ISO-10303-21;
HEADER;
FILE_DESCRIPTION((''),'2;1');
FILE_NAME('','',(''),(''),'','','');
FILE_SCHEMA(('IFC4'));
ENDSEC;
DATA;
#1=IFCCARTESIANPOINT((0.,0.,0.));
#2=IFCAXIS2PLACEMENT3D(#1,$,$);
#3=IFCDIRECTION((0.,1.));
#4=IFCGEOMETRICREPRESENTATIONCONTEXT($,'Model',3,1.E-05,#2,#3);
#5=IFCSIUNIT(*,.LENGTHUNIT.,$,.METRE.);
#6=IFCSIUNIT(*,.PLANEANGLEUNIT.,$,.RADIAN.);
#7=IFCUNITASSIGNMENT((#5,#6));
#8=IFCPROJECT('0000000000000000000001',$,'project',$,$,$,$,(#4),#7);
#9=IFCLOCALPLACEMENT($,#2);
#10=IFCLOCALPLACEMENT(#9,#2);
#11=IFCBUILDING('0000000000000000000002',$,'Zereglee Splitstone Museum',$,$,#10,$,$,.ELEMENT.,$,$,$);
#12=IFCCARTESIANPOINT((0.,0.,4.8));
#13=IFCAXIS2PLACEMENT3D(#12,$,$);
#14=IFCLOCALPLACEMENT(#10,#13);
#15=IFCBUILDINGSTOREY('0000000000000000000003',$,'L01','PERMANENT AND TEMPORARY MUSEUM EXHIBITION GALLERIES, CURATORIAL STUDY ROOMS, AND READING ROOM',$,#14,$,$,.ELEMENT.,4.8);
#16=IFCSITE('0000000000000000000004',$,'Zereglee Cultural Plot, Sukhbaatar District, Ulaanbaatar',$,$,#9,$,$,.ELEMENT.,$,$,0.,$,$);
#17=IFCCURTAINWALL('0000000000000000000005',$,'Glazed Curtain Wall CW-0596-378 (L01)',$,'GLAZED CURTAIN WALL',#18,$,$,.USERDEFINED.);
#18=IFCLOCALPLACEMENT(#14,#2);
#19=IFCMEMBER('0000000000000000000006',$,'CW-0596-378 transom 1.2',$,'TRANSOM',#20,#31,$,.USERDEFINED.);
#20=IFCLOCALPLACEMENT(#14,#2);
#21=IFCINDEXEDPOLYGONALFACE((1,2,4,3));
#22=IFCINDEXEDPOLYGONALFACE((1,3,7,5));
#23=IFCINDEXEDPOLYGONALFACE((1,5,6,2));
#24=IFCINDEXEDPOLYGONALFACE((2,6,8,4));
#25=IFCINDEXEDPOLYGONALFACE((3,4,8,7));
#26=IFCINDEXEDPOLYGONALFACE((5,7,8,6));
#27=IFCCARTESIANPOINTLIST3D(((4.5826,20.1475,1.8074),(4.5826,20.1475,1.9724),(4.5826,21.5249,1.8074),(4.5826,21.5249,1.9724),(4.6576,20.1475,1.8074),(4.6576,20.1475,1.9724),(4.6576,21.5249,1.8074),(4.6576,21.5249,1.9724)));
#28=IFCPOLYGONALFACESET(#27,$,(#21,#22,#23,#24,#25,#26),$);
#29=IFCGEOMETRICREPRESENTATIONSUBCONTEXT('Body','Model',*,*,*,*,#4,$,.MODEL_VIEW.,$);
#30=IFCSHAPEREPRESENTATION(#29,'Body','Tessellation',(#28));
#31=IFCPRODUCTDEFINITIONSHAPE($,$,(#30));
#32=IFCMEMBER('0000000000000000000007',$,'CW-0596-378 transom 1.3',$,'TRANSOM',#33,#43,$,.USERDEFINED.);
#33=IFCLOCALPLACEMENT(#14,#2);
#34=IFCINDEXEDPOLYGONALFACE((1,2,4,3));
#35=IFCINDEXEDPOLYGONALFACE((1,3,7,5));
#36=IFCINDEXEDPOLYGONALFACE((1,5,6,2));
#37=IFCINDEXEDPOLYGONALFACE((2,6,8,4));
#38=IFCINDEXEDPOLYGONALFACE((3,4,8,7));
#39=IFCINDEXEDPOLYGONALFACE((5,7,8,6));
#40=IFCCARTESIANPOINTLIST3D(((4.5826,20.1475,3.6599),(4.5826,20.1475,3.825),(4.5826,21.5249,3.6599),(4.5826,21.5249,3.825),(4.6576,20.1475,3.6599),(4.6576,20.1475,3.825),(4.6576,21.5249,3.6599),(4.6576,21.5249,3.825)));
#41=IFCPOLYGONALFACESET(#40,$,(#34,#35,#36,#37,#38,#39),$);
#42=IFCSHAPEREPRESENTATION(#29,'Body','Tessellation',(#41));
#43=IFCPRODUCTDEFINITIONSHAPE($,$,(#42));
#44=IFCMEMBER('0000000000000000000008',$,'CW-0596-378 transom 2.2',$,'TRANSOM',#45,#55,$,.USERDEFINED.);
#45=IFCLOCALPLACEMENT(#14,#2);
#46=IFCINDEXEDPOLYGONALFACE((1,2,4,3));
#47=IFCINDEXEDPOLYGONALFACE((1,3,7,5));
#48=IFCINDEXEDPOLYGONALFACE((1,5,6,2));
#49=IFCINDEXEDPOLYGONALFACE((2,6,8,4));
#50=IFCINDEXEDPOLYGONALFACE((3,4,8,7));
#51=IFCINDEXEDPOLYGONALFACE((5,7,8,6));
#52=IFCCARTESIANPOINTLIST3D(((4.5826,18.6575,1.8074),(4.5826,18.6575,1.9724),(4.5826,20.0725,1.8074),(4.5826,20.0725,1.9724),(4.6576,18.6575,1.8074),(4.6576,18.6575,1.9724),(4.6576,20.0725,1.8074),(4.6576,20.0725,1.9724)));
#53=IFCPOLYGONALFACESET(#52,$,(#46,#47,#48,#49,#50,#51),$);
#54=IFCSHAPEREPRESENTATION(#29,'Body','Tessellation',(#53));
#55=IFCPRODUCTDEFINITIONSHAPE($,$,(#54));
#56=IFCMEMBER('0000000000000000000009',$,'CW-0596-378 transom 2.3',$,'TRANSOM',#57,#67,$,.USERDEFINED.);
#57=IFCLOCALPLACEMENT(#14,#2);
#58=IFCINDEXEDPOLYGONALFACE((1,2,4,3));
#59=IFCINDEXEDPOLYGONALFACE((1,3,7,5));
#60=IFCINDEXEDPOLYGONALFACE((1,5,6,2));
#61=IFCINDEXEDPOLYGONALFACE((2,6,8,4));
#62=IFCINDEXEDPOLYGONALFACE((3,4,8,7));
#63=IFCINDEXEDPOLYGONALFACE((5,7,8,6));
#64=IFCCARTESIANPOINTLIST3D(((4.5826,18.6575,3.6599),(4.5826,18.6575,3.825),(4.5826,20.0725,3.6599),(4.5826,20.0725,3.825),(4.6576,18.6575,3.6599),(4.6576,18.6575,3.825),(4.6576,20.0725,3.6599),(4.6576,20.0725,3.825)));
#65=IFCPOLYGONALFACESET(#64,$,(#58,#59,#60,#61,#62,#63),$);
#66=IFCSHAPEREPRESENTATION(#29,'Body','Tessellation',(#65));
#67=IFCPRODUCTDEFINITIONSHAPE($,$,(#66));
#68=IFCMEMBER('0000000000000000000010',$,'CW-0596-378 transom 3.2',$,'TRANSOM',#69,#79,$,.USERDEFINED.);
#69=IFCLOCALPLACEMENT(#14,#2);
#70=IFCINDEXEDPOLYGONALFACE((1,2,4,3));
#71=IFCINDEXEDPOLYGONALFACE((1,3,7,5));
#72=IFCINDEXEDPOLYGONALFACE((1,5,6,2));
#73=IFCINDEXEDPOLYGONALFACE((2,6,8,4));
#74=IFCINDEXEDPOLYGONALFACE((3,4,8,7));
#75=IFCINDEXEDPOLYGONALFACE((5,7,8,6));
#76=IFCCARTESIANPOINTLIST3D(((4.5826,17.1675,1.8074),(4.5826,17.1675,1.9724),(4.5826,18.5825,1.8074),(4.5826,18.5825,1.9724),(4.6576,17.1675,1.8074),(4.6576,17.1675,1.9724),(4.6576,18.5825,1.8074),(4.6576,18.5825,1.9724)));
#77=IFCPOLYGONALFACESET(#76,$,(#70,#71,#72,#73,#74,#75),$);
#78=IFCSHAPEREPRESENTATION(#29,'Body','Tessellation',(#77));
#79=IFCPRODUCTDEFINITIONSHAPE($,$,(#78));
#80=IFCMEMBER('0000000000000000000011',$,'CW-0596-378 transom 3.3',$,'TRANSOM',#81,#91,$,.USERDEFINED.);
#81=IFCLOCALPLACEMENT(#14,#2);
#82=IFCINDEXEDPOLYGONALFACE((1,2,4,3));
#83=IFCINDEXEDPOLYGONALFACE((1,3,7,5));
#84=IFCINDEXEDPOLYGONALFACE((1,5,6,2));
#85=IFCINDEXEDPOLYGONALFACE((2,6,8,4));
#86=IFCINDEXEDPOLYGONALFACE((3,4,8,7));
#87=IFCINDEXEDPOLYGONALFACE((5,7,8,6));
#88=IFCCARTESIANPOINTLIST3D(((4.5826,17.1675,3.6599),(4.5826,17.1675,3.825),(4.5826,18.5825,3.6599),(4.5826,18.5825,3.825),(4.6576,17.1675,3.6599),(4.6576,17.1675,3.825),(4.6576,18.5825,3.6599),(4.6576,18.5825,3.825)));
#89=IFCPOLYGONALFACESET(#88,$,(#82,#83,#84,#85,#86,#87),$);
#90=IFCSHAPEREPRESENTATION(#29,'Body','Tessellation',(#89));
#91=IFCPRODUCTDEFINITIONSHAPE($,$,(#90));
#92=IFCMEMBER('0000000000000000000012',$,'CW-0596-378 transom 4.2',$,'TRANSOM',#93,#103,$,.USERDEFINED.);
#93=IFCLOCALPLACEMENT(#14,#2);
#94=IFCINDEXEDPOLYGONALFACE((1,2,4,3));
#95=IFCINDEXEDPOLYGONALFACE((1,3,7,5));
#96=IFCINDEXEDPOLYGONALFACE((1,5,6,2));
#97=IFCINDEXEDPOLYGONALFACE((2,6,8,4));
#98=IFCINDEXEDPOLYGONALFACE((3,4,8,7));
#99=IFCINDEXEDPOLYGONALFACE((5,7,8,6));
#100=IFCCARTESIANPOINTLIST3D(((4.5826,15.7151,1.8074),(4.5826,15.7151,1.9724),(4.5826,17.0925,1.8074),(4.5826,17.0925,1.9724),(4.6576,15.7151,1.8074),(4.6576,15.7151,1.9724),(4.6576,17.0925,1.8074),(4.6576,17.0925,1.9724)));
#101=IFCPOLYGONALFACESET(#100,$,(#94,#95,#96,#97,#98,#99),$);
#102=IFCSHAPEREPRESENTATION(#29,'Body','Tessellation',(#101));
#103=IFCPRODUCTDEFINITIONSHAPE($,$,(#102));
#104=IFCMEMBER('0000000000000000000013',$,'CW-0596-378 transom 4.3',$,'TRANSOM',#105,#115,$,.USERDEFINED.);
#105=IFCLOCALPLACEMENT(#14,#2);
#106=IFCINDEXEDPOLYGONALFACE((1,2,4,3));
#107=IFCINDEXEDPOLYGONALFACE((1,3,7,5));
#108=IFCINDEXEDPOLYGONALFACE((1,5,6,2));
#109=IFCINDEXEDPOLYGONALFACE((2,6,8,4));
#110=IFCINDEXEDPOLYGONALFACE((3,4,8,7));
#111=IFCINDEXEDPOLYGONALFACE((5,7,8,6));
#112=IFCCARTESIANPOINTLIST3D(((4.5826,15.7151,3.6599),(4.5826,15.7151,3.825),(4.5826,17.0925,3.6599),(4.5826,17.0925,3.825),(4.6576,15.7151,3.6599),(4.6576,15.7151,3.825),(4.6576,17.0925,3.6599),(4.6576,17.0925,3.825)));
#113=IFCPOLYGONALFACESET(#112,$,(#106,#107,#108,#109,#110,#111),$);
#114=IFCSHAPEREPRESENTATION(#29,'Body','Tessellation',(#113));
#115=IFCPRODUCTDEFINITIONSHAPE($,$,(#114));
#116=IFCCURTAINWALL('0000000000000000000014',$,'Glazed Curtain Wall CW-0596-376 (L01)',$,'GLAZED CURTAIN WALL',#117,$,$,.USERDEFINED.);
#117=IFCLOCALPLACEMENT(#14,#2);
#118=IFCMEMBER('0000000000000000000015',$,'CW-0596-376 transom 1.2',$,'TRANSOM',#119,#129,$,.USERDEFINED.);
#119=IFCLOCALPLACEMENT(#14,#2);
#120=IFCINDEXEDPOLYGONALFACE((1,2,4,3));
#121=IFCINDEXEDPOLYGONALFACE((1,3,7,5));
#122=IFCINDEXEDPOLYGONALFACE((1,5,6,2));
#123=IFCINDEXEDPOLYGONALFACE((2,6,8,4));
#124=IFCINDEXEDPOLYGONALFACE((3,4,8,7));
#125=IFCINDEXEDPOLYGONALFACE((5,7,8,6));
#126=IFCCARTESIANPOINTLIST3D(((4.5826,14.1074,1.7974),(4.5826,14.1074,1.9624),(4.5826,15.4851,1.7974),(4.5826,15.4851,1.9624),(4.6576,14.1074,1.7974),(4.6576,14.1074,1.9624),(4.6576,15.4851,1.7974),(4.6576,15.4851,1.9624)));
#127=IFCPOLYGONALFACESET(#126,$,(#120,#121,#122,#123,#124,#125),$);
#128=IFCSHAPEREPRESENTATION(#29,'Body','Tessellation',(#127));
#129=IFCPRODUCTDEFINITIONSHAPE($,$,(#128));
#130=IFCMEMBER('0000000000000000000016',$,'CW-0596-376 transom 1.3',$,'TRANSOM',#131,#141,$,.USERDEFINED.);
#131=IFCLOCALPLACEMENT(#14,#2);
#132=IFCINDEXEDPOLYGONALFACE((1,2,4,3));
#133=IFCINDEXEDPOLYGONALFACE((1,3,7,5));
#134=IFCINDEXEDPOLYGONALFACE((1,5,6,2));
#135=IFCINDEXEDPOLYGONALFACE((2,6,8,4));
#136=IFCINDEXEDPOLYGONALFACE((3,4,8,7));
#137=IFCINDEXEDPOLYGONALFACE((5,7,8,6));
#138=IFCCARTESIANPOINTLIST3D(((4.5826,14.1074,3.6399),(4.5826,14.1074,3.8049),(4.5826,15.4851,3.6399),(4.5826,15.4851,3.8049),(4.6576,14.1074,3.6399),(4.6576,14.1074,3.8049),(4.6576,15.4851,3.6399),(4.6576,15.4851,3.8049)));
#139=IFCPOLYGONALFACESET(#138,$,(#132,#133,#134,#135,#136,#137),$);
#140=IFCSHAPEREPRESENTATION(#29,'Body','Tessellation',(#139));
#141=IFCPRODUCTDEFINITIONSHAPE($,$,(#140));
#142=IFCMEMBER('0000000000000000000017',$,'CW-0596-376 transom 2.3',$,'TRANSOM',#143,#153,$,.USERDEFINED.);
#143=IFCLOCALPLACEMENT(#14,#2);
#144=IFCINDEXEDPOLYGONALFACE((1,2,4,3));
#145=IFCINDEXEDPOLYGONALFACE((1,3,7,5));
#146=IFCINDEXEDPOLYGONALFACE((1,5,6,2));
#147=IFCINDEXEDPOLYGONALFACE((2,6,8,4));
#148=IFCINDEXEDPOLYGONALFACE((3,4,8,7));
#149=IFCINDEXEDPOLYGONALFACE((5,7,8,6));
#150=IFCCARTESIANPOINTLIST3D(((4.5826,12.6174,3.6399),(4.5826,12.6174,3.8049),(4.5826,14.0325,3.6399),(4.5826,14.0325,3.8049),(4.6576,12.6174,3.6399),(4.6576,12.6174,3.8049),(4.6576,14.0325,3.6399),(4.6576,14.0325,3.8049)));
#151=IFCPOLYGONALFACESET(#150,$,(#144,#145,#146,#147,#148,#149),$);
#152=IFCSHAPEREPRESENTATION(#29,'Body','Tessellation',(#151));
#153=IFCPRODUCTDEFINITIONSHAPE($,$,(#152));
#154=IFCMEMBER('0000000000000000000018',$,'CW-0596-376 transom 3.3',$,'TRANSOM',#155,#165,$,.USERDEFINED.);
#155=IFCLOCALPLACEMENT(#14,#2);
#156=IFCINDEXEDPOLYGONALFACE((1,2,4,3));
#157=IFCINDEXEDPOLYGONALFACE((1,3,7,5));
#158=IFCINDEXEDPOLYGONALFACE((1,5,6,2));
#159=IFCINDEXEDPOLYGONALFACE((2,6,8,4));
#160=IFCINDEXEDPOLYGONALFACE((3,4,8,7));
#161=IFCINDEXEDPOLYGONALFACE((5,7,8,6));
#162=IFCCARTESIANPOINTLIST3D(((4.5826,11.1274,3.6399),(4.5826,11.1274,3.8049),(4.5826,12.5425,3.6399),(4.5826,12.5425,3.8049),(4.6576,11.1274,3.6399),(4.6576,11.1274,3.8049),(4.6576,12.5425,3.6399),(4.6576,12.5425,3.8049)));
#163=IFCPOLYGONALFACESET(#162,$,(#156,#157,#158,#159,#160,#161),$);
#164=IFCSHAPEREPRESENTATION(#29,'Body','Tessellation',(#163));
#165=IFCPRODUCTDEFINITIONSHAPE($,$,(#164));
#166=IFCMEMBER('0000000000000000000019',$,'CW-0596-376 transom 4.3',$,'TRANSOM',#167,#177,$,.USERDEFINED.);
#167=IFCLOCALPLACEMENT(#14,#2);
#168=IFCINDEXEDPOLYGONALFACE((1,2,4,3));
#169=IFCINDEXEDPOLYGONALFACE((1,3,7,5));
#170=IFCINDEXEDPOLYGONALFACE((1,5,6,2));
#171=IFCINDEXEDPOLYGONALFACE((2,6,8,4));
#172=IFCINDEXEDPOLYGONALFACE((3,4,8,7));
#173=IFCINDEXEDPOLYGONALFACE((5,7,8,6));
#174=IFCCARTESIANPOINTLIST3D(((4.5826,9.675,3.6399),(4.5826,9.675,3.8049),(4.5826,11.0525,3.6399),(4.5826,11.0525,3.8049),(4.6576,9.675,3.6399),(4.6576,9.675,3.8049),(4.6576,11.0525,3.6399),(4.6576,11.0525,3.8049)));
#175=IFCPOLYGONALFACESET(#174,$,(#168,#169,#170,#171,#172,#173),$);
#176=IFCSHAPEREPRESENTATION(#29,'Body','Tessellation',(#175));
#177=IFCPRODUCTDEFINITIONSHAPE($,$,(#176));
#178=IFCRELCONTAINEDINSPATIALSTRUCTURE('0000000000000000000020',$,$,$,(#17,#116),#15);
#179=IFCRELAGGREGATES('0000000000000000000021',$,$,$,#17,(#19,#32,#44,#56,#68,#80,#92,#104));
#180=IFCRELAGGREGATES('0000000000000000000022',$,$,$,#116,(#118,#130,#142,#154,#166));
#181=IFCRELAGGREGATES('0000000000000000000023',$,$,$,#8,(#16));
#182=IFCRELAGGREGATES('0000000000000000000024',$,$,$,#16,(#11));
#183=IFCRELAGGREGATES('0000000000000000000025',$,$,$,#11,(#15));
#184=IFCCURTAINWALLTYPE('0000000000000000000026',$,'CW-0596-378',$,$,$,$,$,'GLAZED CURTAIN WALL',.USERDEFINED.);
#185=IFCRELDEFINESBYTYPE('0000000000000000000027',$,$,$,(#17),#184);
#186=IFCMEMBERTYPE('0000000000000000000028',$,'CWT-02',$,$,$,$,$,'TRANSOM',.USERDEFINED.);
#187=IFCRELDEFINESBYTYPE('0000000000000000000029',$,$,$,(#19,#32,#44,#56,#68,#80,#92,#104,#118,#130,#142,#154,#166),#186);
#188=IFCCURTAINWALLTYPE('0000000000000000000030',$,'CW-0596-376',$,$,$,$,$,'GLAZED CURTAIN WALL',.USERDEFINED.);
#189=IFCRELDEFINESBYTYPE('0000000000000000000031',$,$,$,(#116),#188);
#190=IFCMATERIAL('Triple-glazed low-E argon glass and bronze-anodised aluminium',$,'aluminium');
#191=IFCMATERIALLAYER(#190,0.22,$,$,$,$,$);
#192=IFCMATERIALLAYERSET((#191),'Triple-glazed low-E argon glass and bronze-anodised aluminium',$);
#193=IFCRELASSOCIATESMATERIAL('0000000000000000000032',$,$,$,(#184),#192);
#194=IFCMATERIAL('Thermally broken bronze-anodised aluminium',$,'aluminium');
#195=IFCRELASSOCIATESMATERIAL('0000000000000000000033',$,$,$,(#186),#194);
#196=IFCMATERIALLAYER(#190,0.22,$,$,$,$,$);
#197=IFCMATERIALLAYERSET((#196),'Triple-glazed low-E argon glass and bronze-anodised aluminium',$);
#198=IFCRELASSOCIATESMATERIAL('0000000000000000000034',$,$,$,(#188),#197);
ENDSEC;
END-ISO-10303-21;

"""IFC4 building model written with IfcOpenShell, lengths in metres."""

from ifc_helpers import new_model, si_unit, direction, frame, origin, origin_2d, place, context, subcontext, project, spatial, rectangle, extrude, material, layer, layer_set, material_profile, profile_set, type_object, element, aggregate, save


model = new_model("IFC4")

# Units and contexts
model_context = context("Model", 3, precision=1e-05, world=origin(), true_north=direction((0.0, 1.0)))
body_context = subcontext(model_context, "Body", "Model", "MODEL_VIEW")
ifc_project = project(units=[si_unit("LENGTHUNIT", "METRE"), si_unit("PLANEANGLEUNIT", "RADIAN")], contexts=[model_context])

# Site, building, storey
site_placement = place(None, origin())
site = spatial("IfcSite", under=ifc_project, at=site_placement, Name="Zereglee Cultural Plot, Sukhbaatar District, Ulaanbaatar", CompositionType="ELEMENT", RefElevation=0.0)
building_placement = place(site_placement, origin())
building = spatial("IfcBuilding", under=site, at=building_placement, Name="Zereglee Splitstone Museum", CompositionType="ELEMENT")
storey_placement = place(building_placement, frame((0.0, 0.0, 4.8)))
storey = spatial("IfcBuildingStorey", under=building, at=storey_placement, Name="L01", Description="PERMANENT AND TEMPORARY MUSEUM EXHIBITION GALLERIES, CURATORIAL STUDY ROOMS, AND READING ROOM", CompositionType="ELEMENT", Elevation=4.8)

# Curtain walls, members
ifc_material_1 = material(Name="Triple-glazed low-E argon glass and bronze-anodised aluminium", Category="aluminium")
ifc_layer_1 = layer(ifc_material_1, 0.22)
ifc_layer_set_1 = layer_set([ifc_layer_1], Name="Triple-glazed low-E argon glass and bronze-anodised aluminium")
curtain_wall_type_1 = type_object("IfcCurtainWallType", Name="CW-0596-378", ElementType="GLAZED CURTAIN WALL", PredefinedType="USERDEFINED", material=ifc_layer_set_1)
curtain_wall_1_placement = place(storey_placement, origin())
curtain_wall_1 = element("IfcCurtainWall", 1, at=curtain_wall_1_placement, inside=storey, type_object=curtain_wall_type_1, Name="Glazed Curtain Wall CW-0596-378 (L01)", ObjectType="GLAZED CURTAIN WALL", PredefinedType="USERDEFINED")
ifc_material_2 = material(Name="Thermally broken bronze-anodised aluminium", Category="aluminium")
ifc_material_profile_1 = material_profile(ifc_material_2, rectangle(XDim=0.075, YDim=0.165, at=origin_2d()), Name="CW TRAN 75x165")
ifc_profile_set_1 = profile_set([ifc_material_profile_1], Name="Thermally broken bronze-anodised aluminium")
member_type_1 = type_object("IfcMemberType", Name="CWT-02", ElementType="TRANSOM", PredefinedType="USERDEFINED", material=ifc_profile_set_1)
member_1_placement = place(storey_placement, frame((4.6201, 21.5249, 1.8899), z_axis=(0.0, -1.0, 0.0), x_axis=(1.0, 0.0, 0.0)))
member_1 = element("IfcMember", 2, at=member_1_placement, type_object=member_type_1, Name="CW-0596-378 transom 1.2", ObjectType="TRANSOM", PredefinedType="USERDEFINED", context=body_context, shape_type="SweptSolid", body=[
    extrude(rectangle(XDim=0.075, YDim=0.165, at=origin_2d()), origin(), (0.0, 0.0, 1.0), 1.3774),
])
member_2_placement = place(storey_placement, frame((4.6201, 21.5249, 3.7424), z_axis=(0.0, -1.0, 0.0), x_axis=(1.0, 0.0, 0.0)))
member_2 = element("IfcMember", 3, at=member_2_placement, type_object=member_type_1, Name="CW-0596-378 transom 1.3", ObjectType="TRANSOM", PredefinedType="USERDEFINED", context=body_context, shape_type="SweptSolid", body=[
    extrude(rectangle(XDim=0.075, YDim=0.165, at=origin_2d()), origin(), (0.0, 0.0, 1.0), 1.3774),
])
member_3_placement = place(storey_placement, frame((4.6201, 20.0725, 1.8899), z_axis=(0.0, -1.0, 0.0), x_axis=(1.0, 0.0, 0.0)))
member_3 = element("IfcMember", 4, at=member_3_placement, type_object=member_type_1, Name="CW-0596-378 transom 2.2", ObjectType="TRANSOM", PredefinedType="USERDEFINED", context=body_context, shape_type="SweptSolid", body=[
    extrude(rectangle(XDim=0.075, YDim=0.165, at=origin_2d()), origin(), (0.0, 0.0, 1.0), 1.415),
])
member_4_placement = place(storey_placement, frame((4.6201, 20.0725, 3.7424), z_axis=(0.0, -1.0, 0.0), x_axis=(1.0, 0.0, 0.0)))
member_4 = element("IfcMember", 5, at=member_4_placement, type_object=member_type_1, Name="CW-0596-378 transom 2.3", ObjectType="TRANSOM", PredefinedType="USERDEFINED", context=body_context, shape_type="SweptSolid", body=[
    extrude(rectangle(XDim=0.075, YDim=0.165, at=origin_2d()), origin(), (0.0, 0.0, 1.0), 1.415),
])
member_5_placement = place(storey_placement, frame((4.6201, 18.5825, 1.8899), z_axis=(0.0, -1.0, 0.0), x_axis=(1.0, 0.0, 0.0)))
member_5 = element("IfcMember", 6, at=member_5_placement, type_object=member_type_1, Name="CW-0596-378 transom 3.2", ObjectType="TRANSOM", PredefinedType="USERDEFINED", context=body_context, shape_type="SweptSolid", body=[
    extrude(rectangle(XDim=0.075, YDim=0.165, at=origin_2d()), origin(), (0.0, 0.0, 1.0), 1.415),
])
member_6_placement = place(storey_placement, frame((4.6201, 18.5825, 3.7424), z_axis=(0.0, -1.0, 0.0), x_axis=(1.0, 0.0, 0.0)))
member_6 = element("IfcMember", 7, at=member_6_placement, type_object=member_type_1, Name="CW-0596-378 transom 3.3", ObjectType="TRANSOM", PredefinedType="USERDEFINED", context=body_context, shape_type="SweptSolid", body=[
    extrude(rectangle(XDim=0.075, YDim=0.165, at=origin_2d()), origin(), (0.0, 0.0, 1.0), 1.415),
])
member_7_placement = place(storey_placement, frame((4.6201, 17.0925, 1.8899), z_axis=(0.0, -1.0, 0.0), x_axis=(1.0, 0.0, 0.0)))
member_7 = element("IfcMember", 8, at=member_7_placement, type_object=member_type_1, Name="CW-0596-378 transom 4.2", ObjectType="TRANSOM", PredefinedType="USERDEFINED", context=body_context, shape_type="SweptSolid", body=[
    extrude(rectangle(XDim=0.075, YDim=0.165, at=origin_2d()), origin(), (0.0, 0.0, 1.0), 1.3774),
])
member_8_placement = place(storey_placement, frame((4.6201, 17.0925, 3.7424), z_axis=(0.0, -1.0, 0.0), x_axis=(1.0, 0.0, 0.0)))
member_8 = element("IfcMember", 9, at=member_8_placement, type_object=member_type_1, Name="CW-0596-378 transom 4.3", ObjectType="TRANSOM", PredefinedType="USERDEFINED", context=body_context, shape_type="SweptSolid", body=[
    extrude(rectangle(XDim=0.075, YDim=0.165, at=origin_2d()), origin(), (0.0, 0.0, 1.0), 1.3774),
])
ifc_layer_2 = layer(ifc_material_1, 0.22)
ifc_layer_set_2 = layer_set([ifc_layer_2], Name="Triple-glazed low-E argon glass and bronze-anodised aluminium")
curtain_wall_type_2 = type_object("IfcCurtainWallType", Name="CW-0596-376", ElementType="GLAZED CURTAIN WALL", PredefinedType="USERDEFINED", material=ifc_layer_set_2)
curtain_wall_2_placement = place(storey_placement, origin())
curtain_wall_2 = element("IfcCurtainWall", 10, at=curtain_wall_2_placement, inside=storey, type_object=curtain_wall_type_2, Name="Glazed Curtain Wall CW-0596-376 (L01)", ObjectType="GLAZED CURTAIN WALL", PredefinedType="USERDEFINED")
member_9_placement = place(storey_placement, frame((4.6201, 15.4851, 1.8799), z_axis=(0.0, -1.0, 0.0), x_axis=(1.0, 0.0, 0.0)))
member_9 = element("IfcMember", 11, at=member_9_placement, type_object=member_type_1, Name="CW-0596-376 transom 1.2", ObjectType="TRANSOM", PredefinedType="USERDEFINED", context=body_context, shape_type="SweptSolid", body=[
    extrude(rectangle(XDim=0.075, YDim=0.165, at=origin_2d()), origin(), (0.0, 0.0, 1.0), 1.3777),
])
member_10_placement = place(storey_placement, frame((4.6201, 15.4851, 3.7224), z_axis=(0.0, -1.0, 0.0), x_axis=(1.0, 0.0, 0.0)))
member_10 = element("IfcMember", 12, at=member_10_placement, type_object=member_type_1, Name="CW-0596-376 transom 1.3", ObjectType="TRANSOM", PredefinedType="USERDEFINED", context=body_context, shape_type="SweptSolid", body=[
    extrude(rectangle(XDim=0.075, YDim=0.165, at=origin_2d()), origin(), (0.0, 0.0, 1.0), 1.3777),
])
member_11_placement = place(storey_placement, frame((4.6201, 14.0325, 3.7224), z_axis=(0.0, -1.0, 0.0), x_axis=(1.0, 0.0, 0.0)))
member_11 = element("IfcMember", 13, at=member_11_placement, type_object=member_type_1, Name="CW-0596-376 transom 2.3", ObjectType="TRANSOM", PredefinedType="USERDEFINED", context=body_context, shape_type="SweptSolid", body=[
    extrude(rectangle(XDim=0.075, YDim=0.165, at=origin_2d()), origin(), (0.0, 0.0, 1.0), 1.415),
])
member_12_placement = place(storey_placement, frame((4.6201, 12.5425, 3.7224), z_axis=(0.0, -1.0, 0.0), x_axis=(1.0, 0.0, 0.0)))
member_12 = element("IfcMember", 14, at=member_12_placement, type_object=member_type_1, Name="CW-0596-376 transom 3.3", ObjectType="TRANSOM", PredefinedType="USERDEFINED", context=body_context, shape_type="SweptSolid", body=[
    extrude(rectangle(XDim=0.075, YDim=0.165, at=origin_2d()), origin(), (0.0, 0.0, 1.0), 1.415),
])
member_13_placement = place(storey_placement, frame((4.6201, 11.0525, 3.7224), z_axis=(0.0, -1.0, 0.0), x_axis=(1.0, 0.0, 0.0)))
member_13 = element("IfcMember", 15, at=member_13_placement, type_object=member_type_1, Name="CW-0596-376 transom 4.3", ObjectType="TRANSOM", PredefinedType="USERDEFINED", context=body_context, shape_type="SweptSolid", body=[
    extrude(rectangle(XDim=0.075, YDim=0.165, at=origin_2d()), origin(), (0.0, 0.0, 1.0), 1.3774),
])

aggregate(curtain_wall_1, [member_1, member_2, member_3, member_4, member_5, member_6, member_7, member_8])
aggregate(curtain_wall_2, [member_9, member_10, member_11, member_12, member_13])

save(model, "model.ifc")
